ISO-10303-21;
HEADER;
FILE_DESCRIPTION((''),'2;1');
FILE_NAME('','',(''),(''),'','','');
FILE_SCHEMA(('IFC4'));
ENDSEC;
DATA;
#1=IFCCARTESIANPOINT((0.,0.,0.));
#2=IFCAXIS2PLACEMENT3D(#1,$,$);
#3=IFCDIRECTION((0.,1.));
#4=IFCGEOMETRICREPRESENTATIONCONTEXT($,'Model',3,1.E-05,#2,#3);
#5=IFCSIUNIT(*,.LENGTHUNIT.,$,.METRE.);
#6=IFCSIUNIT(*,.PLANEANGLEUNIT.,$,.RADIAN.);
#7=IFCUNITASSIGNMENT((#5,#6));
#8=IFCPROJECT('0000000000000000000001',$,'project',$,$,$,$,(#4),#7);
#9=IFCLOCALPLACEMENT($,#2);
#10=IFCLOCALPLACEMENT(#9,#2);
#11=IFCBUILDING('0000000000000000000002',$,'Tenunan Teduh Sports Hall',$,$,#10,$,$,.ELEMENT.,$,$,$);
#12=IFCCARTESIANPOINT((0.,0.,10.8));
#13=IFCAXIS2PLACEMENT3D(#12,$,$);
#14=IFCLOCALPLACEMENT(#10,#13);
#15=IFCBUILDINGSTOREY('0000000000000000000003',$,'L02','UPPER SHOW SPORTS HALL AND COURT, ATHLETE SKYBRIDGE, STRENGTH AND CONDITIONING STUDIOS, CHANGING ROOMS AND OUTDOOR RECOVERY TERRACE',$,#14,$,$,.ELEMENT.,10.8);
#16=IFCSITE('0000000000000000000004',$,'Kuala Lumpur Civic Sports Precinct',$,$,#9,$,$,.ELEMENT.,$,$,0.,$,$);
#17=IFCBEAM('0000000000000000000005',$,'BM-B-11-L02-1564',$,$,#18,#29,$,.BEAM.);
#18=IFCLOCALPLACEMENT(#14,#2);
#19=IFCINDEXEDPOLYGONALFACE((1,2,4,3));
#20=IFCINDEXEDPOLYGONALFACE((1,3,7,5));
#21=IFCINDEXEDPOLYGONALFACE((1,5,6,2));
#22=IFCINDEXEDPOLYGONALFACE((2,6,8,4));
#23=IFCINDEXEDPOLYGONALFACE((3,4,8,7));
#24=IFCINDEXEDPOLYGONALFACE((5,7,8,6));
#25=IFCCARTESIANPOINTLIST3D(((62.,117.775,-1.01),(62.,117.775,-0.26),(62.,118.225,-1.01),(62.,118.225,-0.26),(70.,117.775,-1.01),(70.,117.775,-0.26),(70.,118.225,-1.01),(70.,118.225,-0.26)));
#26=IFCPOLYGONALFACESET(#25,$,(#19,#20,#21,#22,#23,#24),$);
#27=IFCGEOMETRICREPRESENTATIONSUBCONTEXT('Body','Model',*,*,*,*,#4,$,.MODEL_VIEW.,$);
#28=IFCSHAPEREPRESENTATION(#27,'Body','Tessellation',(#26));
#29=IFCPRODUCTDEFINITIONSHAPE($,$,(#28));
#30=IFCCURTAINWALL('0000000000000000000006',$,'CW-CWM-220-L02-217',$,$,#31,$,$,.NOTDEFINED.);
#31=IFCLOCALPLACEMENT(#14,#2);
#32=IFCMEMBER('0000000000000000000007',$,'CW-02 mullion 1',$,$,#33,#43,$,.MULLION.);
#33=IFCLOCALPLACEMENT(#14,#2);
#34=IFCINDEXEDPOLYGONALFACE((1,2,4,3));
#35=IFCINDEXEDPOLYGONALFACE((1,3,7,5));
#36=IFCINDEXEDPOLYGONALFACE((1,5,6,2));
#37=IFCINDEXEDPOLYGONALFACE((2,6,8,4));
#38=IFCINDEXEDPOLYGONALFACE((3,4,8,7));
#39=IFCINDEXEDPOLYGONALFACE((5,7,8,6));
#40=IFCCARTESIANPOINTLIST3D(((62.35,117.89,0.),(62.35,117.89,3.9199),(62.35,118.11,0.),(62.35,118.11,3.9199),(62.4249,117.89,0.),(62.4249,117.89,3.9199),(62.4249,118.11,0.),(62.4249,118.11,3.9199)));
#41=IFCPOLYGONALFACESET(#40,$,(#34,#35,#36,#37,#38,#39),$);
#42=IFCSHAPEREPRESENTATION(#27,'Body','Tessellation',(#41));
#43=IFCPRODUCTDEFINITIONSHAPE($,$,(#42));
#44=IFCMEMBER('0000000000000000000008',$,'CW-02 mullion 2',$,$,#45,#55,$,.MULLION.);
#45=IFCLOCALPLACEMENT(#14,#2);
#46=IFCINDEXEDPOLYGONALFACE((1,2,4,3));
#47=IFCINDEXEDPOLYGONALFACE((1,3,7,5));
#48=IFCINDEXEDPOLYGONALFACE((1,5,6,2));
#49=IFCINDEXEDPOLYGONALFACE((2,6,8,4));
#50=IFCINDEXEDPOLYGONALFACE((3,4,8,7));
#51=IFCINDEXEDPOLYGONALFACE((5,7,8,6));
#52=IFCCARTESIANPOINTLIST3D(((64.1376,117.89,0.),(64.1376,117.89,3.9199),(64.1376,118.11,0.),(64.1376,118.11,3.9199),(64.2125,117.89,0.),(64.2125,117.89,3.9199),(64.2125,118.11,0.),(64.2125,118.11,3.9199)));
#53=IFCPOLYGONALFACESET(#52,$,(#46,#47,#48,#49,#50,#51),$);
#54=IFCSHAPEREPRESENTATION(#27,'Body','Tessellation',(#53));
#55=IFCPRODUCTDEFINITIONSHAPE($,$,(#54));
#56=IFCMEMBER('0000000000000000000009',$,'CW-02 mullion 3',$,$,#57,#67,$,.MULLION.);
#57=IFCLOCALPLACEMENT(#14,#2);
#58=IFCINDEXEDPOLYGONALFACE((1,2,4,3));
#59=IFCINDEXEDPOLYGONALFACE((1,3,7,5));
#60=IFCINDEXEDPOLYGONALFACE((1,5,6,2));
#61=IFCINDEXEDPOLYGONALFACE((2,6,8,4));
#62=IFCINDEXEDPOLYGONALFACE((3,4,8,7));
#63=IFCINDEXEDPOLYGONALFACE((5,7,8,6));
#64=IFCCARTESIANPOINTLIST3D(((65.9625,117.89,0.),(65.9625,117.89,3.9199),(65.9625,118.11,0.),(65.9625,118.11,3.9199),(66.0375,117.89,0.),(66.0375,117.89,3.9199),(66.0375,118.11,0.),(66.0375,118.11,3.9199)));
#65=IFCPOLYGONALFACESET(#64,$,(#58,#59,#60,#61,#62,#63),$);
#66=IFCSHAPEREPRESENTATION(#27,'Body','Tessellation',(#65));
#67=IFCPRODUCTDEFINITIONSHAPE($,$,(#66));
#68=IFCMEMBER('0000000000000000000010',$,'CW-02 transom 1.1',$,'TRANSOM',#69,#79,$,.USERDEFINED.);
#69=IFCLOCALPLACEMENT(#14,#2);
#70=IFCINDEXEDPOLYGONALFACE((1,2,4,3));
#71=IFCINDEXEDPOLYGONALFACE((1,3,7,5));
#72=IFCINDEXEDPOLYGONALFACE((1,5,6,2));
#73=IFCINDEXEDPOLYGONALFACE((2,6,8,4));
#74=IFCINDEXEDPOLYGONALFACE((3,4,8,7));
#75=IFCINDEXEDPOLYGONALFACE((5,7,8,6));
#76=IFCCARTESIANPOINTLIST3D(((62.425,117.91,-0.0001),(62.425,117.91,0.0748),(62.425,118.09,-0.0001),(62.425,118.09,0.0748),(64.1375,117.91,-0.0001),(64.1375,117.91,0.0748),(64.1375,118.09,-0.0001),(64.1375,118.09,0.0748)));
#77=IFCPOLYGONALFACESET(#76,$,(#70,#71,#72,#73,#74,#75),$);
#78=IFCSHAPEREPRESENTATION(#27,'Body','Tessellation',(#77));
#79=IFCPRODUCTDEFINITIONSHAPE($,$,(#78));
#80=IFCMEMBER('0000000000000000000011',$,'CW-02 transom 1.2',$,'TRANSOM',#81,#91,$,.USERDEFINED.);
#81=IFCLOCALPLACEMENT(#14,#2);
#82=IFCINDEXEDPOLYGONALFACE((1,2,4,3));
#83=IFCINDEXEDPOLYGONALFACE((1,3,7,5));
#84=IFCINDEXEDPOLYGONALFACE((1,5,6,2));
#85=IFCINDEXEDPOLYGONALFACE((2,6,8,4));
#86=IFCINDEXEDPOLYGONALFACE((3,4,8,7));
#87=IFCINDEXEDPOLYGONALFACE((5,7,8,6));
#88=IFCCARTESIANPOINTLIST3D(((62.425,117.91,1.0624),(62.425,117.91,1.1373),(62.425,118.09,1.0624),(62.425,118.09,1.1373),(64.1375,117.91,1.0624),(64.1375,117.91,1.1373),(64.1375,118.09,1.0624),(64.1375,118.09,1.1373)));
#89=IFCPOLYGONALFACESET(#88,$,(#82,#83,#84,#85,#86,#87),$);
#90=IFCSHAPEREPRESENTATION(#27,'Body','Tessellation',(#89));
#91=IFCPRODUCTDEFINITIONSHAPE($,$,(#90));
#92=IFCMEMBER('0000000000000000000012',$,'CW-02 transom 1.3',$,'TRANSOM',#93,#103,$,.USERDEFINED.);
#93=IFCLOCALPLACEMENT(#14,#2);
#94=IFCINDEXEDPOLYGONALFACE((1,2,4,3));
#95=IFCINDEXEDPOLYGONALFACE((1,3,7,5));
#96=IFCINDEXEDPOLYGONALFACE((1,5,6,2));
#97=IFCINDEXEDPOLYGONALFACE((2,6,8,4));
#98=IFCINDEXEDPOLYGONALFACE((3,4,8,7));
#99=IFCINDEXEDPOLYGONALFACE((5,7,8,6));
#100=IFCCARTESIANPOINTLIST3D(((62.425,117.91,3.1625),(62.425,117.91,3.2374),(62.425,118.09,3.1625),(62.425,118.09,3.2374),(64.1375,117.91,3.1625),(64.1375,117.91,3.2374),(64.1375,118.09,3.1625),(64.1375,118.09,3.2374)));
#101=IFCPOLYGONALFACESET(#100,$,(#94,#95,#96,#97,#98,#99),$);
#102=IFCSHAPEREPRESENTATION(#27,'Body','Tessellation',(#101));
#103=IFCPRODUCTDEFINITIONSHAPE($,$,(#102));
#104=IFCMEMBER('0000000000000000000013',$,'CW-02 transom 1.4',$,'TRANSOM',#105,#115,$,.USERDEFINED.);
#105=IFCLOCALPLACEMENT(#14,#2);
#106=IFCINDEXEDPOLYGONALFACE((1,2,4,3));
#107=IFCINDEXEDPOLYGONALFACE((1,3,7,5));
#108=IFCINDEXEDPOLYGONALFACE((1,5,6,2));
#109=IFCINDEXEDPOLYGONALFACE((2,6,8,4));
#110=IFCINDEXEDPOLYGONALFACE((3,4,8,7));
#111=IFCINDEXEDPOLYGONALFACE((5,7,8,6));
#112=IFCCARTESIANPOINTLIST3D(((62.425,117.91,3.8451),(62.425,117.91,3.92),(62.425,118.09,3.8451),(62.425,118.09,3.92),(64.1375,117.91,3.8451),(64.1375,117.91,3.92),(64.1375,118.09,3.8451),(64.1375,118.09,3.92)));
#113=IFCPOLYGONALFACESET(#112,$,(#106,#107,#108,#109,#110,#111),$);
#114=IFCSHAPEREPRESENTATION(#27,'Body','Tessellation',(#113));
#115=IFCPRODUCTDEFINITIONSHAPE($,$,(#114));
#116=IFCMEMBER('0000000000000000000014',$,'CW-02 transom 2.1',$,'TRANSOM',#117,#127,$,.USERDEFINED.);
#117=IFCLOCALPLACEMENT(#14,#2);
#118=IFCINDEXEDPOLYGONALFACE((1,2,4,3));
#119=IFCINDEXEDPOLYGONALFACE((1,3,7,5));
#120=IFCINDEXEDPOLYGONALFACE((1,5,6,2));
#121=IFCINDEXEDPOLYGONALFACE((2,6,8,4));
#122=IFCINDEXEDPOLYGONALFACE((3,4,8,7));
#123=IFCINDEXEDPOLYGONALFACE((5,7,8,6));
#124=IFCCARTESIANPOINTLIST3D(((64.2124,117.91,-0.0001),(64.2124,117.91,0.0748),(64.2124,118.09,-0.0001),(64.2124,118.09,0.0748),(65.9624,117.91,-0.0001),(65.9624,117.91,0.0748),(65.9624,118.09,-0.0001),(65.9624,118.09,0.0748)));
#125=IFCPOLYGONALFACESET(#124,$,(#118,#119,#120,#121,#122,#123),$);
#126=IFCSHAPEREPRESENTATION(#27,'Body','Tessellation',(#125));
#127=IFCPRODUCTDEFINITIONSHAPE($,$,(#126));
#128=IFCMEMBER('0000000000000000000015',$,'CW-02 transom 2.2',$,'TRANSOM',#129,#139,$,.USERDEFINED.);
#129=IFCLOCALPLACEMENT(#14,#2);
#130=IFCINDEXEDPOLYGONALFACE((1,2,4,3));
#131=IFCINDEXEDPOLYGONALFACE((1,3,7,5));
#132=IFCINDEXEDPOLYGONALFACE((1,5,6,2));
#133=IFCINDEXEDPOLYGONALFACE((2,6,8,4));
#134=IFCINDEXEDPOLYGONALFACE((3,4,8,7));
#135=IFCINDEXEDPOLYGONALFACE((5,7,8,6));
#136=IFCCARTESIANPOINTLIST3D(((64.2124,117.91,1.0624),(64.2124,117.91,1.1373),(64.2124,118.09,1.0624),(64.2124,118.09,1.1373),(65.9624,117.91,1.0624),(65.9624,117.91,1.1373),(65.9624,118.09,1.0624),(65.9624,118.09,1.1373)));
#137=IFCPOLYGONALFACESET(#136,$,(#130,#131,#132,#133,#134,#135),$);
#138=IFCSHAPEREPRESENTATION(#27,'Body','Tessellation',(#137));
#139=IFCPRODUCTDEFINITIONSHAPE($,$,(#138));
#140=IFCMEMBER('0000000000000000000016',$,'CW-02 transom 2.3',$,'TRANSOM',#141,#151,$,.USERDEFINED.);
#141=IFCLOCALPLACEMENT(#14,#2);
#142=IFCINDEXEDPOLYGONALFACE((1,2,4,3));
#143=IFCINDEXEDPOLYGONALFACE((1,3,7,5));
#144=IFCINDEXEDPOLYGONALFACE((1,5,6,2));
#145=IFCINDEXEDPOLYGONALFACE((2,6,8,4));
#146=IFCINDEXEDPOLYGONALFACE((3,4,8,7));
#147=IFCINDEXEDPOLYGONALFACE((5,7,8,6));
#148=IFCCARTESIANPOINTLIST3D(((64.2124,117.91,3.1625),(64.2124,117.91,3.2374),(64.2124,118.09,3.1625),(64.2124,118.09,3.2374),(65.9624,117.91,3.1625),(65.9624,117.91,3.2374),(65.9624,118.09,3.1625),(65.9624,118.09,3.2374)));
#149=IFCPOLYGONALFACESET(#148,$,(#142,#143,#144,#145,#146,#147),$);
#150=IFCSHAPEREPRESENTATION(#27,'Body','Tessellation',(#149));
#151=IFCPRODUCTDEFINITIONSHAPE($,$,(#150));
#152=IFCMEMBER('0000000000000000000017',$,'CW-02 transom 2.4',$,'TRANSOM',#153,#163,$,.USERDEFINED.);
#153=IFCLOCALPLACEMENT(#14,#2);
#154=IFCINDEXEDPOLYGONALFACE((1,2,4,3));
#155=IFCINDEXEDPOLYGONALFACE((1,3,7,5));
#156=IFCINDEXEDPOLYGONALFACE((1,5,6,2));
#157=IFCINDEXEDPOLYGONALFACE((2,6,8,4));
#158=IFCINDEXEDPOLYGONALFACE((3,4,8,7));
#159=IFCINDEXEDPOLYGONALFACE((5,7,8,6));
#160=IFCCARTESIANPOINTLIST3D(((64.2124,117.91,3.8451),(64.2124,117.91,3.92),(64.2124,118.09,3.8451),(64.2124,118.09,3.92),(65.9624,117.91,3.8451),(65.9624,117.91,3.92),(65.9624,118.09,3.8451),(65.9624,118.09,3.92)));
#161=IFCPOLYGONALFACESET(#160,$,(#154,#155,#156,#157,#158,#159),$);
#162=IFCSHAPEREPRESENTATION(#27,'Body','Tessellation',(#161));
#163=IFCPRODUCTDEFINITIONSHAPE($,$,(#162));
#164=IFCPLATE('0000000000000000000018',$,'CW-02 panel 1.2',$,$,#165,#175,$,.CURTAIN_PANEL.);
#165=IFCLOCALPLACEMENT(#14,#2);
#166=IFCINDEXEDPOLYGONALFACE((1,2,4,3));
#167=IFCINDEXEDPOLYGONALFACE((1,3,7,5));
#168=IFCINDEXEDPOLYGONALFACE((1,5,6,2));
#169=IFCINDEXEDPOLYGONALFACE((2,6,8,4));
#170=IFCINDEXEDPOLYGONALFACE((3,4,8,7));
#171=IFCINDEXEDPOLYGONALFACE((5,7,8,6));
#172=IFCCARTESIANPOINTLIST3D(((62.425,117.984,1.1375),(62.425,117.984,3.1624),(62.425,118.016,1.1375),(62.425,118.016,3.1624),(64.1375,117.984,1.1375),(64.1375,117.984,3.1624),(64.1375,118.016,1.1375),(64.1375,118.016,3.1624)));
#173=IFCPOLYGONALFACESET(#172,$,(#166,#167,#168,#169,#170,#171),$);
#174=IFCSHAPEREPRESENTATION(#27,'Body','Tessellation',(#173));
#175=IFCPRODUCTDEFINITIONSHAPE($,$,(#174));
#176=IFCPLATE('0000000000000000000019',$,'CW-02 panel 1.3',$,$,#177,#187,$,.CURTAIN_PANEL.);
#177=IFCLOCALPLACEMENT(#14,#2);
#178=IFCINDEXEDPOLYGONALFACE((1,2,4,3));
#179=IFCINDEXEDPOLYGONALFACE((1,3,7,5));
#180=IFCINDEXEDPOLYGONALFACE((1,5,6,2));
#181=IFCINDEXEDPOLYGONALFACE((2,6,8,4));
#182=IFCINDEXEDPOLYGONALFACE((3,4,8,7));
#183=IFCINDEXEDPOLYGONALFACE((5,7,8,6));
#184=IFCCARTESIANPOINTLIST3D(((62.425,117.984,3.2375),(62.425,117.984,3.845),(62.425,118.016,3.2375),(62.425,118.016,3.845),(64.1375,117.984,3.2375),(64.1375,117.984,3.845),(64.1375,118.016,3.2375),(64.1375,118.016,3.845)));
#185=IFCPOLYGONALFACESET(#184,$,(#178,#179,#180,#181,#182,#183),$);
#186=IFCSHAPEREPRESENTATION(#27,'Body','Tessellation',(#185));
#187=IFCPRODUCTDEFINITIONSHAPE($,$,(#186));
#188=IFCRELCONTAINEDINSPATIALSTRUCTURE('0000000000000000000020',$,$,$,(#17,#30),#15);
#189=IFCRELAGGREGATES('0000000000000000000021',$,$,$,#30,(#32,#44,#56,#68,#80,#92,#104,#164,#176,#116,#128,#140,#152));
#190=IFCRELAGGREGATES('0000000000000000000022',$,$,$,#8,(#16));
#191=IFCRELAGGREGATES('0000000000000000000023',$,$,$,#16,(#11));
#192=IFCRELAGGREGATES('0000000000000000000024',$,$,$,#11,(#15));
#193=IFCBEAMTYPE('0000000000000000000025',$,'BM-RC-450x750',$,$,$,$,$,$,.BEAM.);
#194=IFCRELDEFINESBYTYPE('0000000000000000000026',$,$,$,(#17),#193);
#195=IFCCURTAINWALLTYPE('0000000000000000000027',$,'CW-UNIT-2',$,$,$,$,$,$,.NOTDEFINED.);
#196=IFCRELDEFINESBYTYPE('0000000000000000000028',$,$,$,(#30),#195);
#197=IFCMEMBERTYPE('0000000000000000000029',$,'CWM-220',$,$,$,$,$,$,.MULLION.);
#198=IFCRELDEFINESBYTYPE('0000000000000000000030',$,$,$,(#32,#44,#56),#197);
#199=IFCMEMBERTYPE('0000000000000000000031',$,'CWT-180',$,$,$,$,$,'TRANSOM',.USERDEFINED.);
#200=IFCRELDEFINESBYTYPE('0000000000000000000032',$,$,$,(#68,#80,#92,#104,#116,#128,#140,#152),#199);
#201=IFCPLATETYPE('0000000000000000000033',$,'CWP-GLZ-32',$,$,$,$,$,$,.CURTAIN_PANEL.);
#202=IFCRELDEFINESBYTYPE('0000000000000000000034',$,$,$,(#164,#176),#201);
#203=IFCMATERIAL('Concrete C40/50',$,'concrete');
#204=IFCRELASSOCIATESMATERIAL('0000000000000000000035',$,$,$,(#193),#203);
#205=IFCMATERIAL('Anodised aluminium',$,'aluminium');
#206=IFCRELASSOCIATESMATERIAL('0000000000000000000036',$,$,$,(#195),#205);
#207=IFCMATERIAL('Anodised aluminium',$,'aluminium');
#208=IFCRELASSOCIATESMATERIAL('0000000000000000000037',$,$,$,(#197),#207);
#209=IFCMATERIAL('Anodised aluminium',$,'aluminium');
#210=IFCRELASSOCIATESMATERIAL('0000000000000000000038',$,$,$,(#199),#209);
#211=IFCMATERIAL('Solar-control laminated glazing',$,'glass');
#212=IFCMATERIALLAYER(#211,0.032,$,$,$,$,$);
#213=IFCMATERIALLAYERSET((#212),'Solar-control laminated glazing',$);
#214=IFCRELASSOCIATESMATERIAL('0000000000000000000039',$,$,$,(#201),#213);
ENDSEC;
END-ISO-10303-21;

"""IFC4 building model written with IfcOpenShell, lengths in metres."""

from ifc_helpers import new_model, si_unit, direction, frame, origin, origin_2d, place, context, subcontext, project, spatial, rectangle, extrude, material, layer, layer_set, material_profile, profile_set, type_object, element, aggregate, save


model = new_model("IFC4")

# Units and contexts
model_context = context("Model", 3, precision=1e-05, world=origin(), true_north=direction((0.0, 1.0)))
body_context = subcontext(model_context, "Body", "Model", "MODEL_VIEW")
ifc_project = project(units=[si_unit("LENGTHUNIT", "METRE"), si_unit("PLANEANGLEUNIT", "RADIAN")], contexts=[model_context])

# Site, building, storey
site_placement = place(None, origin())
site = spatial("IfcSite", under=ifc_project, at=site_placement, Name="Kuala Lumpur Civic Sports Precinct", CompositionType="ELEMENT", RefElevation=0.0)
building_placement = place(site_placement, origin())
building = spatial("IfcBuilding", under=site, at=building_placement, Name="Tenunan Teduh Sports Hall", CompositionType="ELEMENT")
storey_placement = place(building_placement, frame((0.0, 0.0, 10.8)))
storey = spatial("IfcBuildingStorey", under=building, at=storey_placement, Name="L02", Description="UPPER SHOW SPORTS HALL AND COURT, ATHLETE SKYBRIDGE, STRENGTH AND CONDITIONING STUDIOS, CHANGING ROOMS AND OUTDOOR RECOVERY TERRACE", CompositionType="ELEMENT", Elevation=10.8)

# Beam
ifc_material_1 = material(Name="Concrete C40/50", Category="concrete")
ifc_material_profile_1 = material_profile(ifc_material_1, rectangle(XDim=0.45, YDim=0.75, at=origin_2d()), Name="RCB 450x750")
ifc_profile_set_1 = profile_set([ifc_material_profile_1], Name="Concrete C40/50")
beam_type = type_object("IfcBeamType", Name="BM-RC-450x750", PredefinedType="BEAM", material=ifc_profile_set_1)
beam_placement = place(storey_placement, frame((62.0, 118.0, -0.635), z_axis=(1.0, 0.0, 0.0), x_axis=(0.0, 1.0, 0.0)))
element("IfcBeam", 1, at=beam_placement, inside=storey, type_object=beam_type, Name="BM-B-11-L02-1564", PredefinedType="BEAM", context=body_context, shape_type="SweptSolid", body=[
    extrude(rectangle(XDim=0.45, YDim=0.75, at=origin_2d()), origin(), (0.0, 0.0, 1.0), 8.0),
])

# Curtain wall, members, plates
ifc_material_2 = material(Name="Anodised aluminium", Category="aluminium")
curtain_wall_type = type_object("IfcCurtainWallType", Name="CW-UNIT-2", PredefinedType="NOTDEFINED", material=ifc_material_2)
curtain_wall_placement = place(storey_placement, origin())
curtain_wall = element("IfcCurtainWall", 2, at=curtain_wall_placement, inside=storey, type_object=curtain_wall_type, Name="CW-CWM-220-L02-217", PredefinedType="NOTDEFINED")
ifc_material_3 = material(Name="Anodised aluminium", Category="aluminium")
ifc_material_profile_2 = material_profile(ifc_material_3, rectangle(XDim=0.075, YDim=0.22, at=origin_2d()), Name="CWM 75x220")
ifc_profile_set_2 = profile_set([ifc_material_profile_2], Name="Anodised aluminium")
member_type_1 = type_object("IfcMemberType", Name="CWM-220", PredefinedType="MULLION", material=ifc_profile_set_2)
member_1_placement = place(storey_placement, frame((62.3875, 118.0, 0.0), z_axis=(0.0, 0.0, 1.0), x_axis=(1.0, 0.0, 0.0)))
member_1 = element("IfcMember", 3, at=member_1_placement, type_object=member_type_1, Name="CW-02 mullion 1", PredefinedType="MULLION", context=body_context, shape_type="SweptSolid", body=[
    extrude(rectangle(XDim=0.075, YDim=0.22, at=origin_2d()), origin(), (0.0, 0.0, 1.0), 3.9199),
])
member_2_placement = place(storey_placement, frame((64.175, 118.0, 0.0), z_axis=(0.0, 0.0, 1.0), x_axis=(1.0, 0.0, 0.0)))
member_2 = element("IfcMember", 4, at=member_2_placement, type_object=member_type_1, Name="CW-02 mullion 2", PredefinedType="MULLION", context=body_context, shape_type="SweptSolid", body=[
    extrude(rectangle(XDim=0.075, YDim=0.22, at=origin_2d()), origin(), (0.0, 0.0, 1.0), 3.9199),
])
member_3_placement = place(storey_placement, frame((66.0, 118.0, 0.0), z_axis=(0.0, 0.0, 1.0), x_axis=(1.0, 0.0, 0.0)))
member_3 = element("IfcMember", 5, at=member_3_placement, type_object=member_type_1, Name="CW-02 mullion 3", PredefinedType="MULLION", context=body_context, shape_type="SweptSolid", body=[
    extrude(rectangle(XDim=0.075, YDim=0.22, at=origin_2d()), origin(), (0.0, 0.0, 1.0), 3.9199),
])
ifc_material_4 = material(Name="Anodised aluminium", Category="aluminium")
ifc_material_profile_3 = material_profile(ifc_material_4, rectangle(XDim=0.075, YDim=0.1799, at=origin_2d()), Name="CWT 75x180")
ifc_profile_set_3 = profile_set([ifc_material_profile_3], Name="Anodised aluminium")
member_type_2 = type_object("IfcMemberType", Name="CWT-180", ElementType="TRANSOM", PredefinedType="USERDEFINED", material=ifc_profile_set_3)
member_4_placement = place(storey_placement, frame((62.425, 118.0, 0.0374), z_axis=(1.0, 0.0, 0.0), x_axis=(0.0, 0.0, 1.0)))
member_4 = element("IfcMember", 6, at=member_4_placement, type_object=member_type_2, Name="CW-02 transom 1.1", ObjectType="TRANSOM", PredefinedType="USERDEFINED", context=body_context, shape_type="SweptSolid", body=[
    extrude(rectangle(XDim=0.075, YDim=0.1799, at=origin_2d()), origin(), (0.0, 0.0, 1.0), 1.7124),
])
member_5_placement = place(storey_placement, frame((62.425, 118.0, 1.0999), z_axis=(1.0, 0.0, 0.0), x_axis=(0.0, 0.0, 1.0)))
member_5 = element("IfcMember", 7, at=member_5_placement, type_object=member_type_2, Name="CW-02 transom 1.2", ObjectType="TRANSOM", PredefinedType="USERDEFINED", context=body_context, shape_type="SweptSolid", body=[
    extrude(rectangle(XDim=0.075, YDim=0.1799, at=origin_2d()), origin(), (0.0, 0.0, 1.0), 1.7124),
])
member_6_placement = place(storey_placement, frame((62.425, 118.0, 3.2), z_axis=(1.0, 0.0, 0.0), x_axis=(0.0, 0.0, 1.0)))
member_6 = element("IfcMember", 8, at=member_6_placement, type_object=member_type_2, Name="CW-02 transom 1.3", ObjectType="TRANSOM", PredefinedType="USERDEFINED", context=body_context, shape_type="SweptSolid", body=[
    extrude(rectangle(XDim=0.075, YDim=0.1799, at=origin_2d()), origin(), (0.0, 0.0, 1.0), 1.7124),
])
member_7_placement = place(storey_placement, frame((62.425, 118.0, 3.8826), z_axis=(1.0, 0.0, 0.0), x_axis=(0.0, 0.0, 1.0)))
member_7 = element("IfcMember", 9, at=member_7_placement, type_object=member_type_2, Name="CW-02 transom 1.4", ObjectType="TRANSOM", PredefinedType="USERDEFINED", context=body_context, shape_type="SweptSolid", body=[
    extrude(rectangle(XDim=0.075, YDim=0.1799, at=origin_2d()), origin(), (0.0, 0.0, 1.0), 1.7124),
])
member_8_placement = place(storey_placement, frame((64.2124, 118.0, 0.0374), z_axis=(1.0, 0.0, 0.0), x_axis=(0.0, 0.0, 1.0)))
member_8 = element("IfcMember", 10, at=member_8_placement, type_object=member_type_2, Name="CW-02 transom 2.1", ObjectType="TRANSOM", PredefinedType="USERDEFINED", context=body_context, shape_type="SweptSolid", body=[
    extrude(rectangle(XDim=0.075, YDim=0.1799, at=origin_2d()), origin(), (0.0, 0.0, 1.0), 1.75),
])
member_9_placement = place(storey_placement, frame((64.2124, 118.0, 1.0999), z_axis=(1.0, 0.0, 0.0), x_axis=(0.0, 0.0, 1.0)))
member_9 = element("IfcMember", 11, at=member_9_placement, type_object=member_type_2, Name="CW-02 transom 2.2", ObjectType="TRANSOM", PredefinedType="USERDEFINED", context=body_context, shape_type="SweptSolid", body=[
    extrude(rectangle(XDim=0.075, YDim=0.1799, at=origin_2d()), origin(), (0.0, 0.0, 1.0), 1.75),
])
member_10_placement = place(storey_placement, frame((64.2124, 118.0, 3.2), z_axis=(1.0, 0.0, 0.0), x_axis=(0.0, 0.0, 1.0)))
member_10 = element("IfcMember", 12, at=member_10_placement, type_object=member_type_2, Name="CW-02 transom 2.3", ObjectType="TRANSOM", PredefinedType="USERDEFINED", context=body_context, shape_type="SweptSolid", body=[
    extrude(rectangle(XDim=0.075, YDim=0.1799, at=origin_2d()), origin(), (0.0, 0.0, 1.0), 1.75),
])
member_11_placement = place(storey_placement, frame((64.2124, 118.0, 3.8826), z_axis=(1.0, 0.0, 0.0), x_axis=(0.0, 0.0, 1.0)))
member_11 = element("IfcMember", 13, at=member_11_placement, type_object=member_type_2, Name="CW-02 transom 2.4", ObjectType="TRANSOM", PredefinedType="USERDEFINED", context=body_context, shape_type="SweptSolid", body=[
    extrude(rectangle(XDim=0.075, YDim=0.1799, at=origin_2d()), origin(), (0.0, 0.0, 1.0), 1.75),
])
ifc_material_5 = material(Name="Solar-control laminated glazing", Category="glass")
ifc_layer_1 = layer(ifc_material_5, 0.032)
ifc_layer_set_1 = layer_set([ifc_layer_1], Name="Solar-control laminated glazing")
plate_type_1 = type_object("IfcPlateType", Name="CWP-GLZ-32", PredefinedType="CURTAIN_PANEL", material=ifc_layer_set_1)
plate_1_placement = place(storey_placement, frame((63.2812, 118.0, 1.1375), z_axis=(0.0, 0.0, 1.0), x_axis=(1.0, 0.0, 0.0)))
plate_1 = element("IfcPlate", 14, at=plate_1_placement, type_object=plate_type_1, Name="CW-02 panel 1.2", PredefinedType="CURTAIN_PANEL", context=body_context, shape_type="SweptSolid", body=[
    extrude(rectangle(XDim=1.7124, YDim=0.032, at=origin_2d()), origin(), (0.0, 0.0, 1.0), 2.0249),
])
plate_2_placement = place(storey_placement, frame((63.2812, 118.0, 3.2375), z_axis=(0.0, 0.0, 1.0), x_axis=(1.0, 0.0, 0.0)))
plate_2 = element("IfcPlate", 15, at=plate_2_placement, type_object=plate_type_1, Name="CW-02 panel 1.3", PredefinedType="CURTAIN_PANEL", context=body_context, shape_type="SweptSolid", body=[
    extrude(rectangle(XDim=1.7124, YDim=0.032, at=origin_2d()), origin(), (0.0, 0.0, 1.0), 0.6074),
])
aggregate(curtain_wall, [member_1, member_2, member_3, member_4, member_5, member_6, member_7, plate_1, plate_2, member_8, member_9, member_10, member_11])

save(model, "model.ifc")
